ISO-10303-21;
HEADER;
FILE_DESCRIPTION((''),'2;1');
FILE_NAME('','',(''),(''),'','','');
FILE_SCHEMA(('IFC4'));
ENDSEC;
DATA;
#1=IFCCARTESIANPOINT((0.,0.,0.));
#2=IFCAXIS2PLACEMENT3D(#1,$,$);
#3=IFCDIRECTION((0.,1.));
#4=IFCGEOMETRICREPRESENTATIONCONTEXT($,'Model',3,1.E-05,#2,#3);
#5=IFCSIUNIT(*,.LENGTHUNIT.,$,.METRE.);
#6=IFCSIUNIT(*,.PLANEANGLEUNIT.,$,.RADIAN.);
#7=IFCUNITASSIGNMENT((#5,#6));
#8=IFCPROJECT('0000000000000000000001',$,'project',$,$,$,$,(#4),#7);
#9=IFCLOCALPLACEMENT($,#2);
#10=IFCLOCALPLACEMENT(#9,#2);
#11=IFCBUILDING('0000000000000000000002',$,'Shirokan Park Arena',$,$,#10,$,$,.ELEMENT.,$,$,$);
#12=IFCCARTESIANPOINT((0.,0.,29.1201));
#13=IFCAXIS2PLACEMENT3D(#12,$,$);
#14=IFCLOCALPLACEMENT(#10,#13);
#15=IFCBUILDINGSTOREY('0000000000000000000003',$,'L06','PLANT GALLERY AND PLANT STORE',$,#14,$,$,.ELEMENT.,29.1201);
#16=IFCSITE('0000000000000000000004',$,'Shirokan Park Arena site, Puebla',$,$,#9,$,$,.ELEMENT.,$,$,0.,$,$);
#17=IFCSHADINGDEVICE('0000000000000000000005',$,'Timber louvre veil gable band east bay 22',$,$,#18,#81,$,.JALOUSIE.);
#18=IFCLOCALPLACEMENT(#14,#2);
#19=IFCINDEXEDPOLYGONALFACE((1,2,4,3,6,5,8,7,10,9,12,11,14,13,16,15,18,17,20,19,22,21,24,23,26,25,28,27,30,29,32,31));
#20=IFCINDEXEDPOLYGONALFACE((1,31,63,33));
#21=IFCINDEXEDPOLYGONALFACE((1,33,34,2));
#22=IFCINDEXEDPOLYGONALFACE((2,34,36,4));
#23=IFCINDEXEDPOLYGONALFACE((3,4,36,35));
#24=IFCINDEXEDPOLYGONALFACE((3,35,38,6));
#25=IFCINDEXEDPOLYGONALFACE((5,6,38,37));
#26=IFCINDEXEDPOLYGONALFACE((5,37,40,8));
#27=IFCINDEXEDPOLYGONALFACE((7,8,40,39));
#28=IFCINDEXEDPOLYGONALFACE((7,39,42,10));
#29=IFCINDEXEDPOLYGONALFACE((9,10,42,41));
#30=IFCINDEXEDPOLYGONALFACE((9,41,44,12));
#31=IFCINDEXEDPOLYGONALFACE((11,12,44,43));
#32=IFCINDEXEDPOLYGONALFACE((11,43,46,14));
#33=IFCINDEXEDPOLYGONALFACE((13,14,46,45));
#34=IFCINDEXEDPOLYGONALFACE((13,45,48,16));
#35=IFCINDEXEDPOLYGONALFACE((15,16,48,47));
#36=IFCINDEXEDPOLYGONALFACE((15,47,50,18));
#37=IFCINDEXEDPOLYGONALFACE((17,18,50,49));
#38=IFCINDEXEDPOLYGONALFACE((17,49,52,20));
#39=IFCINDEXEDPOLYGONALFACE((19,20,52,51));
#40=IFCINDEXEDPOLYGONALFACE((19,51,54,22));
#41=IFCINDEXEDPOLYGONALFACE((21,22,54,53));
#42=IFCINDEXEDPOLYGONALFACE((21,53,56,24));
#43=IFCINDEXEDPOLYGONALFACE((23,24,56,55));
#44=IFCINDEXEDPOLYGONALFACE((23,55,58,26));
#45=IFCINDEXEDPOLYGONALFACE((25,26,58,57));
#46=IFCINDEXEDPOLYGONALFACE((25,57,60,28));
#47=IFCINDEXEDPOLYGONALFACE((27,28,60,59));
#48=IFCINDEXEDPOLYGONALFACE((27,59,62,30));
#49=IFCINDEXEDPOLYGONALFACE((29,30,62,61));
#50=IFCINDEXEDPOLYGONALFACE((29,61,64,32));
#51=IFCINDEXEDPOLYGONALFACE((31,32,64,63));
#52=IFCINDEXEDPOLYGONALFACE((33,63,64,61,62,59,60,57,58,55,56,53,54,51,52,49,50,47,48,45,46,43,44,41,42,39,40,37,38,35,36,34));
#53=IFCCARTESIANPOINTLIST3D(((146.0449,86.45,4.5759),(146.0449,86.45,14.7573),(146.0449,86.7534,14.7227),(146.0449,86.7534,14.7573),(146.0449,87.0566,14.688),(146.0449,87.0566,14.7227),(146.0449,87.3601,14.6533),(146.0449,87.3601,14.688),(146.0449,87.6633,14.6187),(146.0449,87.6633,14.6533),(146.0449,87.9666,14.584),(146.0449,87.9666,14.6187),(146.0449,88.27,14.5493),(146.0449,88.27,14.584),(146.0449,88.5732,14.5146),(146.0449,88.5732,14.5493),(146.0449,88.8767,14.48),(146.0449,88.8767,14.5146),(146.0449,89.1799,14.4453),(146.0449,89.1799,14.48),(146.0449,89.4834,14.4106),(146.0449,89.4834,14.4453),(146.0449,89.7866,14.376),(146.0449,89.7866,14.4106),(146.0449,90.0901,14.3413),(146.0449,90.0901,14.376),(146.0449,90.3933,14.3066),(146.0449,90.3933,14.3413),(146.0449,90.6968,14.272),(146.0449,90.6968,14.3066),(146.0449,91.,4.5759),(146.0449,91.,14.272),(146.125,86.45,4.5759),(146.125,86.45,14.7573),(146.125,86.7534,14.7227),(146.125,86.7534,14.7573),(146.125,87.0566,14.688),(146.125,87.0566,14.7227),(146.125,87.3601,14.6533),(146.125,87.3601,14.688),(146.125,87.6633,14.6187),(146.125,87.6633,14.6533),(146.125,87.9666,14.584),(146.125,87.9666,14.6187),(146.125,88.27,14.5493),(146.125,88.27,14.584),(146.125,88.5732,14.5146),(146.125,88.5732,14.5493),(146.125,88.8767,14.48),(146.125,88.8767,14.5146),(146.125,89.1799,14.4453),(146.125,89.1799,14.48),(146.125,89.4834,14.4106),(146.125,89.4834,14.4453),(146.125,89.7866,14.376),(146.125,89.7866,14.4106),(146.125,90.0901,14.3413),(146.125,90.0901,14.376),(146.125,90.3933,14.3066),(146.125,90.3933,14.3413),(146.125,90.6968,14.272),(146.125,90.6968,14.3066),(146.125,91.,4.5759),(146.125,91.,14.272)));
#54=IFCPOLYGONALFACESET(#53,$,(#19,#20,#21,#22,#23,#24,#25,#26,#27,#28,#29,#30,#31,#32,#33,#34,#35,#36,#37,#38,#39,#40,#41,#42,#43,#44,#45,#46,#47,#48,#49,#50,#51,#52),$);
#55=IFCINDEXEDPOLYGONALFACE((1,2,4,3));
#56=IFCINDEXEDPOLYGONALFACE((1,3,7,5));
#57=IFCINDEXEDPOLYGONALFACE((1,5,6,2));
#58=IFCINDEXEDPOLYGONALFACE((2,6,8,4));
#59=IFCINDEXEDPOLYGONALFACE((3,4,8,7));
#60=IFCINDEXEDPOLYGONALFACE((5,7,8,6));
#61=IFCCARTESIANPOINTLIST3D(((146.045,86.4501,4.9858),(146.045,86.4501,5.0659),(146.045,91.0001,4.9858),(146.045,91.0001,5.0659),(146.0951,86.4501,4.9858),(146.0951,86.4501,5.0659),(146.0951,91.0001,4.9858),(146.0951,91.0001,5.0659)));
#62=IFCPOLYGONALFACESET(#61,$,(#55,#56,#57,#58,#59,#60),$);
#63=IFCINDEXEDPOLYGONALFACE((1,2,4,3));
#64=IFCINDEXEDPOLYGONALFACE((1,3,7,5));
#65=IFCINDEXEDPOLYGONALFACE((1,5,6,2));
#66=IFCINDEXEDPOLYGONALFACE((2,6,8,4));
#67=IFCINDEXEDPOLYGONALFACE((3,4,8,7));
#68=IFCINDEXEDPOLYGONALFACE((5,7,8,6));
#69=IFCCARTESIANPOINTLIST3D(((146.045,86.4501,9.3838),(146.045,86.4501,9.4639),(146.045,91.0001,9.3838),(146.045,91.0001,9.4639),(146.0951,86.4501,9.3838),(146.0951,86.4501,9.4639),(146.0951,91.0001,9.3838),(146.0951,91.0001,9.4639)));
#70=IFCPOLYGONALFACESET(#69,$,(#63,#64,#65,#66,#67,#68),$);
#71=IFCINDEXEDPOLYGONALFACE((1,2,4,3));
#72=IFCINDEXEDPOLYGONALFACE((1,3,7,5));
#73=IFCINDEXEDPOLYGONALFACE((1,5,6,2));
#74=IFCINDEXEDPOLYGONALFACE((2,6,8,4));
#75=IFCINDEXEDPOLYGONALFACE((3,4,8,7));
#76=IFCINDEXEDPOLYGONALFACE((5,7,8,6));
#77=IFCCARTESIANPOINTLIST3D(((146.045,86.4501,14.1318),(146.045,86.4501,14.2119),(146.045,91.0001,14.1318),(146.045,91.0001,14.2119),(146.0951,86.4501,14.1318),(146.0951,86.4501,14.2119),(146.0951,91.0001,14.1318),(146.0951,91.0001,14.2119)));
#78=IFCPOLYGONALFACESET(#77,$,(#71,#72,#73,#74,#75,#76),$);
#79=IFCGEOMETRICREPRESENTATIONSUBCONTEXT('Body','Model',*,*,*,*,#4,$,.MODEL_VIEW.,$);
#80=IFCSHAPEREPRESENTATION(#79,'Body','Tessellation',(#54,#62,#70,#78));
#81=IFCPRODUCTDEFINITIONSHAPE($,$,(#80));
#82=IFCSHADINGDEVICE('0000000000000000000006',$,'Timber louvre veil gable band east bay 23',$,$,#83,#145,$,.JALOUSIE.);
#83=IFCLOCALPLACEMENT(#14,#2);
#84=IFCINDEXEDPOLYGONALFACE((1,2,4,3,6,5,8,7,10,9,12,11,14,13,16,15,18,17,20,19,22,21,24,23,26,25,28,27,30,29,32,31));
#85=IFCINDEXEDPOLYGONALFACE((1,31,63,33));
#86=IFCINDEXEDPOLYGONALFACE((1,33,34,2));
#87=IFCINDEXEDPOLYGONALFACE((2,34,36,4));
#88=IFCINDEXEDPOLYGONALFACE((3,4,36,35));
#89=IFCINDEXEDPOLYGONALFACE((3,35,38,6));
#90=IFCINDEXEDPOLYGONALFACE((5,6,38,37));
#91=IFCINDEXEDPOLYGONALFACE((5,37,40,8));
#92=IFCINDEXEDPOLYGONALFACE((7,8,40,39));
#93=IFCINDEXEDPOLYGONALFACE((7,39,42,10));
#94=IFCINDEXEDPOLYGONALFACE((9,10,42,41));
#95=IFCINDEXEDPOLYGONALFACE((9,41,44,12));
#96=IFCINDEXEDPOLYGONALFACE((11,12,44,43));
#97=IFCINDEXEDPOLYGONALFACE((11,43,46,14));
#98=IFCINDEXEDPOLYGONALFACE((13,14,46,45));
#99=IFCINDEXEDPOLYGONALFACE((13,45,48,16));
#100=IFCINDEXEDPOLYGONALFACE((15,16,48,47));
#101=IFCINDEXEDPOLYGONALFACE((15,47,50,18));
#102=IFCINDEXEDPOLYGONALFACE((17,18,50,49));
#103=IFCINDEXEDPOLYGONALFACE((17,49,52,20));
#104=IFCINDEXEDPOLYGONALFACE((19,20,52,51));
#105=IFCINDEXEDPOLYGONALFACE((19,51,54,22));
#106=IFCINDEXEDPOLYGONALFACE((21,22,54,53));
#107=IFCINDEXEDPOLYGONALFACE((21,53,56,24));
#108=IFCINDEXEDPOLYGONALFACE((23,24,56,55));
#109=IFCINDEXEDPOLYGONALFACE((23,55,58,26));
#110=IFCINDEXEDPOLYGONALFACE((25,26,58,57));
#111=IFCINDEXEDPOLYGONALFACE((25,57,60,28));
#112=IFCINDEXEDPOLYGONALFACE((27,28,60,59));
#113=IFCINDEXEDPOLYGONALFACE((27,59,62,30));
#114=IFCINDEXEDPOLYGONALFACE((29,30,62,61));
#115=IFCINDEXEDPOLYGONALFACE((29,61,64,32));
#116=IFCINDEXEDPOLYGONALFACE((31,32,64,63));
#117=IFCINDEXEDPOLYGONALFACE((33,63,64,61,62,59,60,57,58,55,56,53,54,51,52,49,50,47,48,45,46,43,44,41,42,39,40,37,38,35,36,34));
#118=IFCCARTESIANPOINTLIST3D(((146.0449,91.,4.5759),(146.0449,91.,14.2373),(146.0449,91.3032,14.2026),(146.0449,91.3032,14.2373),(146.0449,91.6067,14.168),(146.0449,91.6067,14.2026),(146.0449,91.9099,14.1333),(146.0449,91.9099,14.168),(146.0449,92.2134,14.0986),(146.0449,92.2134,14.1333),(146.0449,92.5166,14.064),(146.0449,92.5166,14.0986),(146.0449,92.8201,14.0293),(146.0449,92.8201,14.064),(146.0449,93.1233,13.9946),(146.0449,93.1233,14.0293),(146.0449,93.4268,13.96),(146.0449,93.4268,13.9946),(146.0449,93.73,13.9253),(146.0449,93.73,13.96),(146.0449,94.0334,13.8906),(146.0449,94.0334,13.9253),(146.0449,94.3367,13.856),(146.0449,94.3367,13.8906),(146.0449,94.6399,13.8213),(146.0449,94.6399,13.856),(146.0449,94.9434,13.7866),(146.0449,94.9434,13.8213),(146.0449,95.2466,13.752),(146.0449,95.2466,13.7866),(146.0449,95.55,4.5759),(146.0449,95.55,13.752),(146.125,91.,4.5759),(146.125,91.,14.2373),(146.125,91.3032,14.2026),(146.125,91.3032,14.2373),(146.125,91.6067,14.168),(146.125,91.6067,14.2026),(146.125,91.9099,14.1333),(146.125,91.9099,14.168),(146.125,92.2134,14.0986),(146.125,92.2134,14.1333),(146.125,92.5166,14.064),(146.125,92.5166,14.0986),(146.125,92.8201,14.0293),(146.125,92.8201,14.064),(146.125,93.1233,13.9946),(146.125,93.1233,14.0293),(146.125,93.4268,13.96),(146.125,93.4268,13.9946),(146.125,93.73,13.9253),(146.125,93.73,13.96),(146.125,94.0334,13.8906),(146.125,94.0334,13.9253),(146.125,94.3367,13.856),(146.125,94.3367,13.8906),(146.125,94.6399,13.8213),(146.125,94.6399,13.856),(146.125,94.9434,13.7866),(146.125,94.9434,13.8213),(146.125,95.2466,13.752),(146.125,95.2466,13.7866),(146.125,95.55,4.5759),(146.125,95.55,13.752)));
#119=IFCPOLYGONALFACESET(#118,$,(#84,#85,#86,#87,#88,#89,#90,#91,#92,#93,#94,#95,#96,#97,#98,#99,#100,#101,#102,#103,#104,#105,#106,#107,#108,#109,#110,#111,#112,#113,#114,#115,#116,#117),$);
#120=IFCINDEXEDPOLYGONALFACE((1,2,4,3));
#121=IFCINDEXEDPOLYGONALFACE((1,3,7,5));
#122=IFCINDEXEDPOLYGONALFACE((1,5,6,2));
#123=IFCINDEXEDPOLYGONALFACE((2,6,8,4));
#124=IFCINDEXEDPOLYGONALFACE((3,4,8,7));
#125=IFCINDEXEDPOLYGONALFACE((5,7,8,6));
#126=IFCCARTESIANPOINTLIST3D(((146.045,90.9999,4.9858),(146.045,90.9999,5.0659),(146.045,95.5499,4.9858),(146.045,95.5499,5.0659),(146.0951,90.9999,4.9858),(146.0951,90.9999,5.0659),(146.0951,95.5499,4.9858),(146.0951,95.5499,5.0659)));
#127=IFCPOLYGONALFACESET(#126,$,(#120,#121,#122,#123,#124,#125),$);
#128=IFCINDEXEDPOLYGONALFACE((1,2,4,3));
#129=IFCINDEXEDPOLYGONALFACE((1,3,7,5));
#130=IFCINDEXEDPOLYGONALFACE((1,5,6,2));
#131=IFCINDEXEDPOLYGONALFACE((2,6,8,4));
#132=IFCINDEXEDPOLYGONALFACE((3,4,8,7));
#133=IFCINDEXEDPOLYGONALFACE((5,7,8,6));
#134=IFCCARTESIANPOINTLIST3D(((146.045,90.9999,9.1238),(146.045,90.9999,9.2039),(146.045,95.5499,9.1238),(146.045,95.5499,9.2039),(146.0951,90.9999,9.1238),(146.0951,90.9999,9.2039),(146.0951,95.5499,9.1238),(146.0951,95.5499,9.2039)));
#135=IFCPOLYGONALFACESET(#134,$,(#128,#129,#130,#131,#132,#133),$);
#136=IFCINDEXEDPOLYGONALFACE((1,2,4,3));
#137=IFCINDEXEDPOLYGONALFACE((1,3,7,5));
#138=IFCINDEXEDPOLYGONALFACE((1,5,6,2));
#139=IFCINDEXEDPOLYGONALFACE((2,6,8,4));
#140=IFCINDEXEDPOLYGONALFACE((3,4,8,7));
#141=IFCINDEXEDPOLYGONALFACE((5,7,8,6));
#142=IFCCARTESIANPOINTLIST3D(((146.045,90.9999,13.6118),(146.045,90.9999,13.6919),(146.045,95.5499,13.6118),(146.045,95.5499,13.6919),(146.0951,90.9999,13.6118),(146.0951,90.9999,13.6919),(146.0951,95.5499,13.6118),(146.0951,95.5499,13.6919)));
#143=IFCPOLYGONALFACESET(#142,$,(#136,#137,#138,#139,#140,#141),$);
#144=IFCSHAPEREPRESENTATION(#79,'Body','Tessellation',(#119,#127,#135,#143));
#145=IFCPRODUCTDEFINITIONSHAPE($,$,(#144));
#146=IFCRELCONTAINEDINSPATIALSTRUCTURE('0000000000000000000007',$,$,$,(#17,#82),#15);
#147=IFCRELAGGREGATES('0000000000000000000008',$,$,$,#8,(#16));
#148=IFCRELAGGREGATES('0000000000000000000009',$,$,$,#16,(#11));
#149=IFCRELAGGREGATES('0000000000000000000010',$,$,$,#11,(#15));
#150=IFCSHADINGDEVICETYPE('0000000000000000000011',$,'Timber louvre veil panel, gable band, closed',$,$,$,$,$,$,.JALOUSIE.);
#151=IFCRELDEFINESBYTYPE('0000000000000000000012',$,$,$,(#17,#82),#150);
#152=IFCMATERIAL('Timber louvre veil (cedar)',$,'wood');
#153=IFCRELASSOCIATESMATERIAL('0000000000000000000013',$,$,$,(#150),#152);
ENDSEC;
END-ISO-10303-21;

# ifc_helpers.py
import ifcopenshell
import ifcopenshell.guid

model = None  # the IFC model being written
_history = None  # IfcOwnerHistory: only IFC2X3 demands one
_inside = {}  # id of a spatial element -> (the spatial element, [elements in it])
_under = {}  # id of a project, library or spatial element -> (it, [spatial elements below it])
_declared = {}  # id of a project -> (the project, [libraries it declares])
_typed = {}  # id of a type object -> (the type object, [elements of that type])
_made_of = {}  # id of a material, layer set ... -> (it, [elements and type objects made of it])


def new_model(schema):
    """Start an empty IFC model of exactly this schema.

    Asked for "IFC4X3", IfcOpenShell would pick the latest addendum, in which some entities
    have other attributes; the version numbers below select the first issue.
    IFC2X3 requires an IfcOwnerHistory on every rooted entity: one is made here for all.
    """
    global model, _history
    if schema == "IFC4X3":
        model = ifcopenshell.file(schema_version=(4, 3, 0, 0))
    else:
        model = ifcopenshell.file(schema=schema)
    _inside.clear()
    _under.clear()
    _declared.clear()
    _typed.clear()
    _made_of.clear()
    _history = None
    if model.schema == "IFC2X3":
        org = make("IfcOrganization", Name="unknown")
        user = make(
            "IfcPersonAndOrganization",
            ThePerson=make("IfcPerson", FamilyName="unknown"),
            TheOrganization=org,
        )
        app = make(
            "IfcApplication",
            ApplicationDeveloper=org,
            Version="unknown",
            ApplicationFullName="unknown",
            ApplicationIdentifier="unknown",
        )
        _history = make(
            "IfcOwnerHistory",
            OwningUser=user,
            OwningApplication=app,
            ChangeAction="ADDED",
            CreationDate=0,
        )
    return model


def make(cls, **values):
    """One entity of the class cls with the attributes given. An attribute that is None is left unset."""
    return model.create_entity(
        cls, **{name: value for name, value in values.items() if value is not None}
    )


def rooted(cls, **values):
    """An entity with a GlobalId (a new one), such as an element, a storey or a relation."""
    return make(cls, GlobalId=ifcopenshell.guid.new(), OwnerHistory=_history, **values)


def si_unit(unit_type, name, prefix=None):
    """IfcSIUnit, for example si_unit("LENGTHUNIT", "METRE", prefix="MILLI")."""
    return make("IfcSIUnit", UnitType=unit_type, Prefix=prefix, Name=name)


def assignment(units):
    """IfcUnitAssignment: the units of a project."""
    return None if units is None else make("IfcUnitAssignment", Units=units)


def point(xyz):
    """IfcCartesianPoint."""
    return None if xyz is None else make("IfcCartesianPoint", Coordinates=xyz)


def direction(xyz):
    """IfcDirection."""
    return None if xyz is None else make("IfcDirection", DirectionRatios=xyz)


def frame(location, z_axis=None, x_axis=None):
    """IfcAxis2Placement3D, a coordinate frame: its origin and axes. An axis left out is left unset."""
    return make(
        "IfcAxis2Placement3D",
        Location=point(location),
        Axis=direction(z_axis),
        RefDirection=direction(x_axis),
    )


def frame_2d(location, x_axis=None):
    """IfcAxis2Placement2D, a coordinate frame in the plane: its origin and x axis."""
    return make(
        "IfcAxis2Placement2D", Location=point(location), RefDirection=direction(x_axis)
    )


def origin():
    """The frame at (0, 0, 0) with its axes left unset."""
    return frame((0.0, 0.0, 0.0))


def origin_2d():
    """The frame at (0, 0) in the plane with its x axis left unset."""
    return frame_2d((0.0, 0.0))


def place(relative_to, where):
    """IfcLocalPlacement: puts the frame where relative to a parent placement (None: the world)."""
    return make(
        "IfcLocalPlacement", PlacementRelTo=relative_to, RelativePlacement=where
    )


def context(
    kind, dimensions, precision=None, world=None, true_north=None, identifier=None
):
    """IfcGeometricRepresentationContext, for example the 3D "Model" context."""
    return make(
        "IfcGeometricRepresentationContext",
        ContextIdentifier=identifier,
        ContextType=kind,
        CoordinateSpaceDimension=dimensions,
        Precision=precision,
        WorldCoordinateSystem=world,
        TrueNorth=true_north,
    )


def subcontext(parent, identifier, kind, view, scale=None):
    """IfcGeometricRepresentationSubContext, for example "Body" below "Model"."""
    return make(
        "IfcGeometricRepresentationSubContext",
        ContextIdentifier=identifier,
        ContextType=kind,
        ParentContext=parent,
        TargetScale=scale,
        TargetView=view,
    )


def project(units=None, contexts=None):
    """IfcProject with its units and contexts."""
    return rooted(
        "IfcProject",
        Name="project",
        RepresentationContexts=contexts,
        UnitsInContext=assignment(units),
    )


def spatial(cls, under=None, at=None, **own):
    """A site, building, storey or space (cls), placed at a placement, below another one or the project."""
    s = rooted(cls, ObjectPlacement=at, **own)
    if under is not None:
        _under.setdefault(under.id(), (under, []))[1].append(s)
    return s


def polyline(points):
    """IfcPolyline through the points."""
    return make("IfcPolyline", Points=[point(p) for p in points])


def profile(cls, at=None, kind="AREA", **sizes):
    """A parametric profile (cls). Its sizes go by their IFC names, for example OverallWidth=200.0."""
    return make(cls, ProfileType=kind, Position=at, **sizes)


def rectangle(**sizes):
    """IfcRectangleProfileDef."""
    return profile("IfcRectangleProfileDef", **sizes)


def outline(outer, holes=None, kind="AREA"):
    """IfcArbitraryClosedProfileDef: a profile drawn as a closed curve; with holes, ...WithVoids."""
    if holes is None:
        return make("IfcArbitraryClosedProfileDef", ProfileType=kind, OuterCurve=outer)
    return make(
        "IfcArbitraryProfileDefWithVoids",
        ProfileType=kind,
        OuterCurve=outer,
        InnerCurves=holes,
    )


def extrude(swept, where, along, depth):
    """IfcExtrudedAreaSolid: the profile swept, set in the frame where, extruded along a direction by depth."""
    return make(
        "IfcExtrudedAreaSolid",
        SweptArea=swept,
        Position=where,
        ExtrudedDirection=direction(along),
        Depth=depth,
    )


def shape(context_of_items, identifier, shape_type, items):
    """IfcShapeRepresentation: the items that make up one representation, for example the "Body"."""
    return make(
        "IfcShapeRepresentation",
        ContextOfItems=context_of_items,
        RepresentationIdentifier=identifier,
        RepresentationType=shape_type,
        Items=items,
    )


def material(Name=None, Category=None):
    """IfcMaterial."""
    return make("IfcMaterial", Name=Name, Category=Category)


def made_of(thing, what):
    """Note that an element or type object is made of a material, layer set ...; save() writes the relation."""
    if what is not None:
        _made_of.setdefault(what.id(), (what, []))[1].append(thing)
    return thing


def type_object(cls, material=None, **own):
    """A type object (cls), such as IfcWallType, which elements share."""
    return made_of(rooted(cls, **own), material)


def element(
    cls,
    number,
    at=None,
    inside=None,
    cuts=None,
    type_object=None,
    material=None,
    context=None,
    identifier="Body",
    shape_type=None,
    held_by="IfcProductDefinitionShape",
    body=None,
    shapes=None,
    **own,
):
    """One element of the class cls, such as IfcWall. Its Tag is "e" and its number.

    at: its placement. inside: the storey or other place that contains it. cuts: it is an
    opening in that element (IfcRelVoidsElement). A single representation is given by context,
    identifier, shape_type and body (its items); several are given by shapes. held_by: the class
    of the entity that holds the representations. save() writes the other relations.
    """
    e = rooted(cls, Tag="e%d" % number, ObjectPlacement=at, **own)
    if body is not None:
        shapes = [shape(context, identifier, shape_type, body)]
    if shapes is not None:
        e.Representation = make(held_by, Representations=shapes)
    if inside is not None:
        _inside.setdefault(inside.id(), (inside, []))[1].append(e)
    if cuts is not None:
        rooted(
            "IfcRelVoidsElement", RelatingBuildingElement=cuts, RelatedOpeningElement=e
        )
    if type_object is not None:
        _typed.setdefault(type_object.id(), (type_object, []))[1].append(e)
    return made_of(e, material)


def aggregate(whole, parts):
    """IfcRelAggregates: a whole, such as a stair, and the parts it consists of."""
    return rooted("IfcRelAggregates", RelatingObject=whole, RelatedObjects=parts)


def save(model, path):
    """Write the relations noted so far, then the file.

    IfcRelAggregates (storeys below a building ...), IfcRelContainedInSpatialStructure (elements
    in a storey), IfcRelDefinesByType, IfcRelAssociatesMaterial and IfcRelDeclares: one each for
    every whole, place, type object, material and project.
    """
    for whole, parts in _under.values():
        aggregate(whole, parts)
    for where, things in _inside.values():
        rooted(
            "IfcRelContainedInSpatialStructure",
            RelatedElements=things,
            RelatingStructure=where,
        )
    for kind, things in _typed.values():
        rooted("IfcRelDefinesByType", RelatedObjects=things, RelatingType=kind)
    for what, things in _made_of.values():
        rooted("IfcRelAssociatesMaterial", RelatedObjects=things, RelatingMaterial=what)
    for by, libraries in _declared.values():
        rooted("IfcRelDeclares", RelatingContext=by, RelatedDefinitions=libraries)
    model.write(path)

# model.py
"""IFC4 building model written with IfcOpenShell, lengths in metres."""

from ifc_helpers import new_model, si_unit, direction, frame, origin, origin_2d, place, context, subcontext, project, spatial, polyline, rectangle, outline, extrude, material, type_object, element, save


model = new_model("IFC4")

# Units and contexts
model_context = context("Model", 3, precision=1e-05, world=origin(), true_north=direction((0.0, 1.0)))
body_context = subcontext(model_context, "Body", "Model", "MODEL_VIEW")
ifc_project = project(units=[si_unit("LENGTHUNIT", "METRE"), si_unit("PLANEANGLEUNIT", "RADIAN")], contexts=[model_context])

# Site, building, storey
site_placement = place(None, origin())
site = spatial("IfcSite", under=ifc_project, at=site_placement, Name="Shirokan Park Arena site, Puebla", CompositionType="ELEMENT", RefElevation=0.0)
building_placement = place(site_placement, origin())
building = spatial("IfcBuilding", under=site, at=building_placement, Name="Shirokan Park Arena", CompositionType="ELEMENT")
storey_placement = place(building_placement, frame((0.0, 0.0, 29.1201)))
storey = spatial("IfcBuildingStorey", under=building, at=storey_placement, Name="L06", Description="PLANT GALLERY AND PLANT STORE", CompositionType="ELEMENT", Elevation=29.1201)

# Shading devices
ifc_material_1 = material(Name="Timber louvre veil (cedar)", Category="wood")
shading_device_type = type_object("IfcShadingDeviceType", Name="Timber louvre veil panel, gable band, closed", PredefinedType="JALOUSIE", material=ifc_material_1)
shading_device_1_placement = place(storey_placement, origin())
element("IfcShadingDevice", 1, at=shading_device_1_placement, inside=storey, type_object=shading_device_type, Name="Timber louvre veil gable band east bay 22", PredefinedType="JALOUSIE", context=body_context, shape_type="SweptSolid", body=[
    extrude(outline(polyline([(91.0, 4.5759), (91.0, 14.272), (90.6968, 14.272), (90.6968, 14.3066), (90.3933, 14.3066), (90.3933, 14.3413), (90.0901, 14.3413), (90.0901, 14.376), (89.7866, 14.376), (89.7866, 14.4106), (89.4834, 14.4106), (89.4834, 14.4453), (89.1799, 14.4453), (89.1799, 14.48), (88.8767, 14.48), (88.8767, 14.5146), (88.5732, 14.5146), (88.5732, 14.5493), (88.27, 14.5493), (88.27, 14.584), (87.9666, 14.584), (87.9666, 14.6187), (87.6633, 14.6187), (87.6633, 14.6533), (87.3601, 14.6533), (87.3601, 14.688), (87.0566, 14.688), (87.0566, 14.7227), (86.7534, 14.7227), (86.7534, 14.7573), (86.45, 14.7573), (86.45, 4.5759), (91.0, 4.5759)])), frame((146.0449, 0.0, 0.0), z_axis=(1.0, 0.0, 0.0), x_axis=(0.0, 1.0, 0.0)), (0.0, 0.0, 1.0), 0.0801),
    extrude(rectangle(XDim=0.05, YDim=4.55, at=origin_2d()), frame((146.0701, 88.7251, 4.9858), z_axis=(0.0, 0.0, 1.0), x_axis=(1.0, 0.0, 0.0)), (0.0, 0.0, 1.0), 0.0801),
    extrude(rectangle(XDim=0.05, YDim=4.55, at=origin_2d()), frame((146.0701, 88.7251, 9.3838), z_axis=(0.0, 0.0, 1.0), x_axis=(1.0, 0.0, 0.0)), (0.0, 0.0, 1.0), 0.0801),
    extrude(rectangle(XDim=0.05, YDim=4.55, at=origin_2d()), frame((146.0701, 88.7251, 14.1318), z_axis=(0.0, 0.0, 1.0), x_axis=(1.0, 0.0, 0.0)), (0.0, 0.0, 1.0), 0.0801),
])
shading_device_2_placement = place(storey_placement, origin())
element("IfcShadingDevice", 2, at=shading_device_2_placement, inside=storey, type_object=shading_device_type, Name="Timber louvre veil gable band east bay 23", PredefinedType="JALOUSIE", context=body_context, shape_type="SweptSolid", body=[
    extrude(outline(polyline([(95.55, 4.5759), (95.55, 13.752), (95.2466, 13.752), (95.2466, 13.7866), (94.9434, 13.7866), (94.9434, 13.8213), (94.6399, 13.8213), (94.6399, 13.856), (94.3367, 13.856), (94.3367, 13.8906), (94.0334, 13.8906), (94.0334, 13.9253), (93.73, 13.9253), (93.73, 13.96), (93.4268, 13.96), (93.4268, 13.9946), (93.1233, 13.9946), (93.1233, 14.0293), (92.8201, 14.0293), (92.8201, 14.064), (92.5166, 14.064), (92.5166, 14.0986), (92.2134, 14.0986), (92.2134, 14.1333), (91.9099, 14.1333), (91.9099, 14.168), (91.6067, 14.168), (91.6067, 14.2026), (91.3032, 14.2026), (91.3032, 14.2373), (91.0, 14.2373), (91.0, 4.5759), (95.55, 4.5759)])), frame((146.0449, 0.0, 0.0), z_axis=(1.0, 0.0, 0.0), x_axis=(0.0, 1.0, 0.0)), (0.0, 0.0, 1.0), 0.0801),
    extrude(rectangle(XDim=0.05, YDim=4.55, at=origin_2d()), frame((146.0701, 93.2749, 4.9858), z_axis=(0.0, 0.0, 1.0), x_axis=(1.0, 0.0, 0.0)), (0.0, 0.0, 1.0), 0.0801),
    extrude(rectangle(XDim=0.05, YDim=4.55, at=origin_2d()), frame((146.0701, 93.2749, 9.1238), z_axis=(0.0, 0.0, 1.0), x_axis=(1.0, 0.0, 0.0)), (0.0, 0.0, 1.0), 0.0801),
    extrude(rectangle(XDim=0.05, YDim=4.55, at=origin_2d()), frame((146.0701, 93.2749, 13.6118), z_axis=(0.0, 0.0, 1.0), x_axis=(1.0, 0.0, 0.0)), (0.0, 0.0, 1.0), 0.0801),
])

save(model, "model.ifc")
